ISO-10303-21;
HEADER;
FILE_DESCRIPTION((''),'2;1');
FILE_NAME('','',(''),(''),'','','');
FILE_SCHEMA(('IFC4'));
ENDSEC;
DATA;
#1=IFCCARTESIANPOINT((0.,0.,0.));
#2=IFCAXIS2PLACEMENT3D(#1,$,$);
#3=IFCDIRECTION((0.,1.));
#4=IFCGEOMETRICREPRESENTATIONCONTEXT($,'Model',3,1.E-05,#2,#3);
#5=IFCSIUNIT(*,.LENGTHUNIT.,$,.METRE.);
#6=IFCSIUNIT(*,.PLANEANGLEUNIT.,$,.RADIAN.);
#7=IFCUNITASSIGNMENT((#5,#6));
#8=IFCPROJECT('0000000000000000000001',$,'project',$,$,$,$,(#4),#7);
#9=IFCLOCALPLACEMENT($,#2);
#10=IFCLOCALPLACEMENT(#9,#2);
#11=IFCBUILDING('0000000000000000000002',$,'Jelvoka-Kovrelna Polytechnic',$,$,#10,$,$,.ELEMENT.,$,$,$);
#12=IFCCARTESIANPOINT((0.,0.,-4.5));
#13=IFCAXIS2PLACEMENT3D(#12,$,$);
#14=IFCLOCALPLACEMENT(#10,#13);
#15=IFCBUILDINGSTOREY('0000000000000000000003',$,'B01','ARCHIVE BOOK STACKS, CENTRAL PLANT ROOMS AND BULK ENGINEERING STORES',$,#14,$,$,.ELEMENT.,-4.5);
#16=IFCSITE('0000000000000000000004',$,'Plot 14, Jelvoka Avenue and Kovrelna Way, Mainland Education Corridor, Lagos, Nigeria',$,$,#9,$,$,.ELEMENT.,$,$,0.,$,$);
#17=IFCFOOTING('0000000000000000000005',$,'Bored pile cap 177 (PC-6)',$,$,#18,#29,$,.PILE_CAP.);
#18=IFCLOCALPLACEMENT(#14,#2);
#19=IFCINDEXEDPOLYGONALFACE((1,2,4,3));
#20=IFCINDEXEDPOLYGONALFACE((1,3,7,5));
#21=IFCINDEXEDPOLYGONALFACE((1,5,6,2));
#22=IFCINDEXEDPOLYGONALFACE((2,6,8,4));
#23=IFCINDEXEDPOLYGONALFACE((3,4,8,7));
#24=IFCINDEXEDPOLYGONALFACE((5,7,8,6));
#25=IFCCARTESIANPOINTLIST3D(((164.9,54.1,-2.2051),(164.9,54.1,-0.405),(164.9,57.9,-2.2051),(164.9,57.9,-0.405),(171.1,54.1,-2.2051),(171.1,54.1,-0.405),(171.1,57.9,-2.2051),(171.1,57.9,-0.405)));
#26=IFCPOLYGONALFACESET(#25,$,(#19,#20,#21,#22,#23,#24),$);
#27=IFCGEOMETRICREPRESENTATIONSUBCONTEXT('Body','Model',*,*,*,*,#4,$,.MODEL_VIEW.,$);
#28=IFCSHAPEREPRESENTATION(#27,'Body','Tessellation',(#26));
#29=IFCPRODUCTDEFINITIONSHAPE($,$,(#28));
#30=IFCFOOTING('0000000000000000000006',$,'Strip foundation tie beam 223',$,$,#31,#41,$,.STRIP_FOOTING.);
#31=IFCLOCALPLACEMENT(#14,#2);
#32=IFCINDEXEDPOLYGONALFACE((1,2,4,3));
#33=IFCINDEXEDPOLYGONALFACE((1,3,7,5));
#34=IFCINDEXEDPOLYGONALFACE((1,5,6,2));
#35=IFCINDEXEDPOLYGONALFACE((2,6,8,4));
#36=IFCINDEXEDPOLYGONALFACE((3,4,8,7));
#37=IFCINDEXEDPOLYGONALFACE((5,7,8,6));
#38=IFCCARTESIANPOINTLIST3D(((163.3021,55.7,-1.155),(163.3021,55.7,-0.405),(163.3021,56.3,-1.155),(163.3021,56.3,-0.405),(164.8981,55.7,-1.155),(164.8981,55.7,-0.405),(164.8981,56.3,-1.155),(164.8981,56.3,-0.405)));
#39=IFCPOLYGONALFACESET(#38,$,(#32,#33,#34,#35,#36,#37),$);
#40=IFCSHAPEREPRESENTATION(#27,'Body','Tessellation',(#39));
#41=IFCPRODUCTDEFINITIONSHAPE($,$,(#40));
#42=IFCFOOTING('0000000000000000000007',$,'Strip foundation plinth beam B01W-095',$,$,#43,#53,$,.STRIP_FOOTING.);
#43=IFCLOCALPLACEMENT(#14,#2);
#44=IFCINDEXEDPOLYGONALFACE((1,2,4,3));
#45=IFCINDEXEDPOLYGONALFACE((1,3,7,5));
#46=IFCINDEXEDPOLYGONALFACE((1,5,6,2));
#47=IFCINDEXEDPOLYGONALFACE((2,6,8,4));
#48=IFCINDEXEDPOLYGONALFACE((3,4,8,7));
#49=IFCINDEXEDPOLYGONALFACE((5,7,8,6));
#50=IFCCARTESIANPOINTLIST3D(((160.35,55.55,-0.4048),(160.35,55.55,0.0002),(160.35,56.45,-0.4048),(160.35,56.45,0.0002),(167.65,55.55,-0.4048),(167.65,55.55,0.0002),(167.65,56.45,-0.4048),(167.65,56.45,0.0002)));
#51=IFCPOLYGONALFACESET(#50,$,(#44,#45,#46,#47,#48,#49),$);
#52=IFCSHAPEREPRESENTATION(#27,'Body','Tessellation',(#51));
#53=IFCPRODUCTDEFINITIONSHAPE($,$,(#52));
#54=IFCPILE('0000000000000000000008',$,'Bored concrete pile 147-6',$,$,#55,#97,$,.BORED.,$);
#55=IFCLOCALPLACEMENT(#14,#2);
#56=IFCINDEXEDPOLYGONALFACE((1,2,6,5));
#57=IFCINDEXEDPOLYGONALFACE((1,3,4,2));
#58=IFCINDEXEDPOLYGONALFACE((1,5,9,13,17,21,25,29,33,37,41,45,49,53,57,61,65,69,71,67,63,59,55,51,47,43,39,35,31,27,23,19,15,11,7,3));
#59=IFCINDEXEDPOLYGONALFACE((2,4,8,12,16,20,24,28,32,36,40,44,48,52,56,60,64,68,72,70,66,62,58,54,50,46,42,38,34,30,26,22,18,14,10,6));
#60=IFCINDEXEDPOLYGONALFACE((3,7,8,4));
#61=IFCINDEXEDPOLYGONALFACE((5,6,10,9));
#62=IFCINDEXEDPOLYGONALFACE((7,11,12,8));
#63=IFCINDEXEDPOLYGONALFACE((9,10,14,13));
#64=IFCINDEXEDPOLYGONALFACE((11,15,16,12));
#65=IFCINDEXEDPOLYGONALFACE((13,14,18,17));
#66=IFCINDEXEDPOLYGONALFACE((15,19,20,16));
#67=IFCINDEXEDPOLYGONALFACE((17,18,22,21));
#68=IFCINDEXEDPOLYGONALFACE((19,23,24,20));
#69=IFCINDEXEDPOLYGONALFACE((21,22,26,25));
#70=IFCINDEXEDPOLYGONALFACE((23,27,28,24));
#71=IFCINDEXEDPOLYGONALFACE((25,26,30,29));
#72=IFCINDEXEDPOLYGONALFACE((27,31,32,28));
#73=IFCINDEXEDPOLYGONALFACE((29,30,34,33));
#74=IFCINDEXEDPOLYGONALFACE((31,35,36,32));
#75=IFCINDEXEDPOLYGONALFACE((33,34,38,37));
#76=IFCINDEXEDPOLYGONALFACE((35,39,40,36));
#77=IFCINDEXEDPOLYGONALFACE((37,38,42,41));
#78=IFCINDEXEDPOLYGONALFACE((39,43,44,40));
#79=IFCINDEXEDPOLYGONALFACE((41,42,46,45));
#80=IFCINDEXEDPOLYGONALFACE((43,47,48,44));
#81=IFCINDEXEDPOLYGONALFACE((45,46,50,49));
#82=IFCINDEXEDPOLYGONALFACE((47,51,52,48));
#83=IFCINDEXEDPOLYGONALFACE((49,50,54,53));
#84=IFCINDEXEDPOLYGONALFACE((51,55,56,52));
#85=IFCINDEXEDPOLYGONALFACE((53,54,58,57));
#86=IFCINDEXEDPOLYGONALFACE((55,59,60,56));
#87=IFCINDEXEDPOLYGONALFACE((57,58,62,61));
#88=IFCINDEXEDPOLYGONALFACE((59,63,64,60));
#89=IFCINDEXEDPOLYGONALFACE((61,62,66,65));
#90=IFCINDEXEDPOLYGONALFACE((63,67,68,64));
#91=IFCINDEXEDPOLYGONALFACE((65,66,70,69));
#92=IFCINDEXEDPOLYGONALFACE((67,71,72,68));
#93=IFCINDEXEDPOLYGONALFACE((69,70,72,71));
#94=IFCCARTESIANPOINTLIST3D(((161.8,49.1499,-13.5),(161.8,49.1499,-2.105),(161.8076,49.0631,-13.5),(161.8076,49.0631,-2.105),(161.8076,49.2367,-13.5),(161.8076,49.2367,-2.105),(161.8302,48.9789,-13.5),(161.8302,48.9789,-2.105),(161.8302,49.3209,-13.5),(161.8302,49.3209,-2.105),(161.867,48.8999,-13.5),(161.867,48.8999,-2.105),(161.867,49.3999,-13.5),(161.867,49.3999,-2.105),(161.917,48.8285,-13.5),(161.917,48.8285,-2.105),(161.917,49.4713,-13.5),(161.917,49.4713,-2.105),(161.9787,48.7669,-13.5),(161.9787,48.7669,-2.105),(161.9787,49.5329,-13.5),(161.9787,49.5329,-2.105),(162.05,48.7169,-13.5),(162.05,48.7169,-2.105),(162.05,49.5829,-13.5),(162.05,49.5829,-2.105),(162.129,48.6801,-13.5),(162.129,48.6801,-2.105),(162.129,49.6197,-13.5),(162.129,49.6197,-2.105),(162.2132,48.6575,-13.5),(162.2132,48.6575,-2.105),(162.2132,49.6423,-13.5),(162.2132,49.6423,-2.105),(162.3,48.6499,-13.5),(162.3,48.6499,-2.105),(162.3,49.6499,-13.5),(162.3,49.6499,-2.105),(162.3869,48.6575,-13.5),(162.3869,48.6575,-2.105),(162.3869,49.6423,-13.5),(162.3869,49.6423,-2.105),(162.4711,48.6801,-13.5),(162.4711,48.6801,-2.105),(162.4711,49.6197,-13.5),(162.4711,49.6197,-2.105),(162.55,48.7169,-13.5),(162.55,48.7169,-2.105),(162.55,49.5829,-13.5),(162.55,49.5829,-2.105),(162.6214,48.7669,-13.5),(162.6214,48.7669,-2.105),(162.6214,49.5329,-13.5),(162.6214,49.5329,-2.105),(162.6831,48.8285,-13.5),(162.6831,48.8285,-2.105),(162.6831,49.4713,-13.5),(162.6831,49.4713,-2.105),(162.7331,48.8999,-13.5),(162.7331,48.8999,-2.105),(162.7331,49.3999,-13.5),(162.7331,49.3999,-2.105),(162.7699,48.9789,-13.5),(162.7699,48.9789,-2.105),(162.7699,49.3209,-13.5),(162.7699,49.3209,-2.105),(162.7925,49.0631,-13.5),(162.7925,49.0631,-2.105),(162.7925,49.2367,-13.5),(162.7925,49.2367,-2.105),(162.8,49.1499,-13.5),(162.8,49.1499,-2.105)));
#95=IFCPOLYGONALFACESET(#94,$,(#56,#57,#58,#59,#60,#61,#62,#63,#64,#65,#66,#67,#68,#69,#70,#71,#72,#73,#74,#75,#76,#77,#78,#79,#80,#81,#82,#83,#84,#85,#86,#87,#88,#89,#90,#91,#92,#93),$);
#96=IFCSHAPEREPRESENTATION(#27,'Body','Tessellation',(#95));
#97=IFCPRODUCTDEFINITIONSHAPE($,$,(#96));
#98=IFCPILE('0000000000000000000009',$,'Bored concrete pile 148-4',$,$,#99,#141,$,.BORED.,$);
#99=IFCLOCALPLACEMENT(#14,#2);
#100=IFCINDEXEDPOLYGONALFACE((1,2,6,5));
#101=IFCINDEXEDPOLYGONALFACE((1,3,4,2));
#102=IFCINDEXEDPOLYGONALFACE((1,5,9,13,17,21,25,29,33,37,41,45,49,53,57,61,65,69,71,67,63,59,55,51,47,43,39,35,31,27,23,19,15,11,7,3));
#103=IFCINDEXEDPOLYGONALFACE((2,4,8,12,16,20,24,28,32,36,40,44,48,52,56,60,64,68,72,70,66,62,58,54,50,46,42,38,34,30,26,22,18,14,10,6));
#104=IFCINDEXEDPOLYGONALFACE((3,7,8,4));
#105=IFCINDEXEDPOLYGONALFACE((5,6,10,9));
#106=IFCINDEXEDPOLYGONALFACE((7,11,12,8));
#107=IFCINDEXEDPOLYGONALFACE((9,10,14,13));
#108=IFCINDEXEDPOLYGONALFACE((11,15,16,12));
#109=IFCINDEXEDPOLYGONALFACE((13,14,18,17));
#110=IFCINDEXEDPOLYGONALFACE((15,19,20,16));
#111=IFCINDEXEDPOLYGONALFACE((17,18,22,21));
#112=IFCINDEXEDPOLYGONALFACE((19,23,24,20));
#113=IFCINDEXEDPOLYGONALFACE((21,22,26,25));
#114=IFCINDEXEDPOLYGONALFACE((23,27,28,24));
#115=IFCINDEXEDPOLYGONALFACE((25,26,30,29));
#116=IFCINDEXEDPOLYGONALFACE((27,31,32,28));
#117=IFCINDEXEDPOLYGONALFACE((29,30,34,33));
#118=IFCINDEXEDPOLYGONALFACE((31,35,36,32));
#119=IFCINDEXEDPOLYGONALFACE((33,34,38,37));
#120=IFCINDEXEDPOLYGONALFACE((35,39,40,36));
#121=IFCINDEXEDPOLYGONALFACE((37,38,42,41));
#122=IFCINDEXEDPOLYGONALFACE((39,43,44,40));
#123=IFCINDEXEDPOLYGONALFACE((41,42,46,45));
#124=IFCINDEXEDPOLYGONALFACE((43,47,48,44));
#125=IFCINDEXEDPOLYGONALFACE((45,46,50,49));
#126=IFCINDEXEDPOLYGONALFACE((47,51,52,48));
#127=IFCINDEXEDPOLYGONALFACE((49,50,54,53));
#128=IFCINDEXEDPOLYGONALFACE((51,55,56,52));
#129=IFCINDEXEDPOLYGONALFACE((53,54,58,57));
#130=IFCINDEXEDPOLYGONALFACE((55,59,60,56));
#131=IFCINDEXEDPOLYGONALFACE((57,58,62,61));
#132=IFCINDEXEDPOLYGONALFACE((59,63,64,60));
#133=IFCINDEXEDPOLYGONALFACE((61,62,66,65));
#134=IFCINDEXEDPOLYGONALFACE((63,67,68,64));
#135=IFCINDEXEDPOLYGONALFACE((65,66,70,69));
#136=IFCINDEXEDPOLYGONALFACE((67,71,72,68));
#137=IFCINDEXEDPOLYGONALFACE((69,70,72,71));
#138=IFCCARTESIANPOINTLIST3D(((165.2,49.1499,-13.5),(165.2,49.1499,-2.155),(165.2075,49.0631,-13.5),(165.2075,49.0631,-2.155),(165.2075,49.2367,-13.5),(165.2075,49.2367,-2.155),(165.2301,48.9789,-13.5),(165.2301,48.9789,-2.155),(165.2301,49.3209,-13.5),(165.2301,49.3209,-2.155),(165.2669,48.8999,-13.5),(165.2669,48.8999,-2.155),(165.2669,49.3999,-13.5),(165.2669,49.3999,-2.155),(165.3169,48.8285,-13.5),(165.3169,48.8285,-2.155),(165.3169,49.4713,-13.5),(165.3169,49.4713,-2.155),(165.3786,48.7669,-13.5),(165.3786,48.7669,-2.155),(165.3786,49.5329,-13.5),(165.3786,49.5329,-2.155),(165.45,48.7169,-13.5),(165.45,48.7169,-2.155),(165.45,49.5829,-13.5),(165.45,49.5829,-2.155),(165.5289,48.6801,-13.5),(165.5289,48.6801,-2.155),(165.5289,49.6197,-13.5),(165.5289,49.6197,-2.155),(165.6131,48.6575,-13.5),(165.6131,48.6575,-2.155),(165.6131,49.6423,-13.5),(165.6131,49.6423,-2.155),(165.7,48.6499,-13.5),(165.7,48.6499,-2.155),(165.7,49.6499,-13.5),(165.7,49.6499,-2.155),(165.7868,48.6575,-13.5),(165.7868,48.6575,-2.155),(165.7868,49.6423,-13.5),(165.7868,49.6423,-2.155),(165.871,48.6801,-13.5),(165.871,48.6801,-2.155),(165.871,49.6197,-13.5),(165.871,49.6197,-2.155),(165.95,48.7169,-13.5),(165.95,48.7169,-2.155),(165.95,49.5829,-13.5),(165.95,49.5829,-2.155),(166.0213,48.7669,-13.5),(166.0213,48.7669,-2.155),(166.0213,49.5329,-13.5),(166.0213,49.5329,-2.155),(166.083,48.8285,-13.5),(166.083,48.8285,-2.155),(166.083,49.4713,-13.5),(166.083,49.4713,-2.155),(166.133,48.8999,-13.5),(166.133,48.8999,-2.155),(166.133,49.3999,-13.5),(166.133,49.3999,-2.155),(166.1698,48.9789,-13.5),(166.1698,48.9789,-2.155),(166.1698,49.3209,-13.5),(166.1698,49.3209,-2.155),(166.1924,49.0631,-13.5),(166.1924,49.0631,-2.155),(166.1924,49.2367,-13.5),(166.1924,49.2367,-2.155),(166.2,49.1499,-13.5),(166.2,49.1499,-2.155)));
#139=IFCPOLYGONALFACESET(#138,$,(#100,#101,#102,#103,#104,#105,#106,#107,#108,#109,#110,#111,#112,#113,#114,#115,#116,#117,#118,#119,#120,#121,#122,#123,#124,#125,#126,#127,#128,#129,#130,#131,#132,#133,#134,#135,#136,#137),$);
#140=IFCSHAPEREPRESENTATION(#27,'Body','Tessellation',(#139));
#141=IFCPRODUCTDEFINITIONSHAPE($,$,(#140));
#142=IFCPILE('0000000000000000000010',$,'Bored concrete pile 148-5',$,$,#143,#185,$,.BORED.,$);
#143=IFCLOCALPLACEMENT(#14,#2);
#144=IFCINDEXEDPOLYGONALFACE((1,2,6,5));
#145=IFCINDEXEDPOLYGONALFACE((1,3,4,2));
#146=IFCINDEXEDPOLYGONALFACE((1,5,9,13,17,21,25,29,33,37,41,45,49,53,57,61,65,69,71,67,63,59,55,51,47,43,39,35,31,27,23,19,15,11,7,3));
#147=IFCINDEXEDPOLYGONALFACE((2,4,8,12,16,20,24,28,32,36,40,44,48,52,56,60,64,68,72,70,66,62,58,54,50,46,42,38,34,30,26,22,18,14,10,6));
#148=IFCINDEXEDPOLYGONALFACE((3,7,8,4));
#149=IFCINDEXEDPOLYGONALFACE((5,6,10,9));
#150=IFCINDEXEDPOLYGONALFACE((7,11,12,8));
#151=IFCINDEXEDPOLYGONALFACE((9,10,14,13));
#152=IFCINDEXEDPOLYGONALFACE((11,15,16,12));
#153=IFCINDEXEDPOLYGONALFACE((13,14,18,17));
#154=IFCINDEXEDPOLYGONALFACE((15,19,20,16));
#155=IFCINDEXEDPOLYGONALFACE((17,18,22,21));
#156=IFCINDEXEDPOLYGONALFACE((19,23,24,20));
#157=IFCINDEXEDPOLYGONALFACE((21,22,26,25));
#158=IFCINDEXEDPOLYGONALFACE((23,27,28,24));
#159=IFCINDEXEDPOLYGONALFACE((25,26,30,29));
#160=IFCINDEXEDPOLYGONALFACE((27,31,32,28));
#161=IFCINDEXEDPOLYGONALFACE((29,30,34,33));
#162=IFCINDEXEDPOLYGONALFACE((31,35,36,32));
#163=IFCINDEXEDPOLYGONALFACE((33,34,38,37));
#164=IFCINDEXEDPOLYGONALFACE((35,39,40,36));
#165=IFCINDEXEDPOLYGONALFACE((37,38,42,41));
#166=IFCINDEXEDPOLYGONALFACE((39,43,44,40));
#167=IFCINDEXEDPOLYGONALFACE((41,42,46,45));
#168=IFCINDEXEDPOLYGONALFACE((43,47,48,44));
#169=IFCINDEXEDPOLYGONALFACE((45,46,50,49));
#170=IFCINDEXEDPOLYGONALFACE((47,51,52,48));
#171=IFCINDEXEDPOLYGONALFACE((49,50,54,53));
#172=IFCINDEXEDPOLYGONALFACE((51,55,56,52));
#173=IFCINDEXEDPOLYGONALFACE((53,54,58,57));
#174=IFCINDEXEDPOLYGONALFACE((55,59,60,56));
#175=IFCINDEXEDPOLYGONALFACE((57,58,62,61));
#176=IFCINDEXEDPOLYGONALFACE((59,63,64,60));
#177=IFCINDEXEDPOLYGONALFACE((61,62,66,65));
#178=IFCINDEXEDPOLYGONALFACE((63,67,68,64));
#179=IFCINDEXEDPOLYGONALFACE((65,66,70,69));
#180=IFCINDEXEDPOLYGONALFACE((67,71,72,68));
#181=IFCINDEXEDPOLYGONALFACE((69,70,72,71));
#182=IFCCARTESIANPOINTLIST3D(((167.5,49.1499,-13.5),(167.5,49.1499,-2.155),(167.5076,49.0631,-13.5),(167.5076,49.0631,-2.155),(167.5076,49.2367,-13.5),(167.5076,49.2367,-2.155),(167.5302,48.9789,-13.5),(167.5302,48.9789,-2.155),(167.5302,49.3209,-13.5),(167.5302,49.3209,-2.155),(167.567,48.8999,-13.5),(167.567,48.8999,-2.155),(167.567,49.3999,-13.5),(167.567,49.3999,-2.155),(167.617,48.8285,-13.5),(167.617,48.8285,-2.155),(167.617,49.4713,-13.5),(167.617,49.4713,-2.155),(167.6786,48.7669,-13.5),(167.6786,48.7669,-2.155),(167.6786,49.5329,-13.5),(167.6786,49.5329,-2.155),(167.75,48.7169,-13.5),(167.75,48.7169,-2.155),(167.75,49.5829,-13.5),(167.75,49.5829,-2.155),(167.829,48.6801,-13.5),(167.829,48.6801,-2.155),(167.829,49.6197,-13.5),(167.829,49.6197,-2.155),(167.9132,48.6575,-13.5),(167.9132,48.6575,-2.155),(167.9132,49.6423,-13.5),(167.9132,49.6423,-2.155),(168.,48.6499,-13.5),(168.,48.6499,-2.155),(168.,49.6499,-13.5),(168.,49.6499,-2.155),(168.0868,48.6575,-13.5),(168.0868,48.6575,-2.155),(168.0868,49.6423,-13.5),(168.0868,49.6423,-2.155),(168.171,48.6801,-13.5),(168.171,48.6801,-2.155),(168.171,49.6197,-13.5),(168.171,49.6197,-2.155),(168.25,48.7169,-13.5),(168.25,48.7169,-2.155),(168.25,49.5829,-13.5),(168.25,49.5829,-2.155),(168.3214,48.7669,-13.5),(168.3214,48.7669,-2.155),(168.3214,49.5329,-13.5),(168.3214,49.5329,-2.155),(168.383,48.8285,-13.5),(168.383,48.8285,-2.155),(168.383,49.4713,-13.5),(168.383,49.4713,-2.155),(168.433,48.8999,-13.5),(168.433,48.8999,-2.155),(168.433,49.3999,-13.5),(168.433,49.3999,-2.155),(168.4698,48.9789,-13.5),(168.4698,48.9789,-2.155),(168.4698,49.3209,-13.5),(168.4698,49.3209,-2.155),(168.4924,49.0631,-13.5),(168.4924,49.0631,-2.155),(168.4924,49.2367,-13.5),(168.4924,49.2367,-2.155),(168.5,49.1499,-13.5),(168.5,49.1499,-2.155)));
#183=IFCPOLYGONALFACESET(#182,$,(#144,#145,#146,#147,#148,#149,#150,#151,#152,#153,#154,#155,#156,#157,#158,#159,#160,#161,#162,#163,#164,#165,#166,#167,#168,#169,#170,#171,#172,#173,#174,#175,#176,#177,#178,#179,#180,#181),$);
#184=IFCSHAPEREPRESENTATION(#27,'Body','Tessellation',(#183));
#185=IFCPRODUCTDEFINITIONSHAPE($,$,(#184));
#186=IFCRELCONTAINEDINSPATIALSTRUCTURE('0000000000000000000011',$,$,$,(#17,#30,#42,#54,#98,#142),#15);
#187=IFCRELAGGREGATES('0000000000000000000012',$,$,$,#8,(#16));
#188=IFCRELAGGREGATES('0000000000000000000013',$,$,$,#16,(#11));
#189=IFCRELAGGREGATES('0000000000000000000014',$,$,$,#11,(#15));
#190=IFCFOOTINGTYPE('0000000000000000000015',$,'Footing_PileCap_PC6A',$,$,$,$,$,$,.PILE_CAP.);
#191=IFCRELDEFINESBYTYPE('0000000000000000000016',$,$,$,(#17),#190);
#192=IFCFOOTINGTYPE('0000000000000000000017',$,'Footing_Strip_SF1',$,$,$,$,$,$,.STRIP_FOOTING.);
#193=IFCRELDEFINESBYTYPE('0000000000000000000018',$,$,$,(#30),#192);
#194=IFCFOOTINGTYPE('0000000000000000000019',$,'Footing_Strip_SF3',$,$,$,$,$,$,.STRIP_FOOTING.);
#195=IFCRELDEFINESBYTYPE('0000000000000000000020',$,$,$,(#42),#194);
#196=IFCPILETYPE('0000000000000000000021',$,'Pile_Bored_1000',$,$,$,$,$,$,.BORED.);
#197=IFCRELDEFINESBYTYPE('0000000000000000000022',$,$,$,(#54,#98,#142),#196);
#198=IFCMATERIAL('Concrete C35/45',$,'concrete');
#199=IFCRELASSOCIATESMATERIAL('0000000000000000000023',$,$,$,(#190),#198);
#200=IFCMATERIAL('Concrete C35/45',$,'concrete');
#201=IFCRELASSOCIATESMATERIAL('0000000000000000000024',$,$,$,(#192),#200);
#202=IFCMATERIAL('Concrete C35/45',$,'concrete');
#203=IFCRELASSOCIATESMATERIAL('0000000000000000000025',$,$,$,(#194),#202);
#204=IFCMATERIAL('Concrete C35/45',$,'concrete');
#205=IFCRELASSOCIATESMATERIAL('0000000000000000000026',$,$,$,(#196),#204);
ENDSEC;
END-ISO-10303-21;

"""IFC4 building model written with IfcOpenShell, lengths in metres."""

from ifc_helpers import new_model, si_unit, direction, frame, origin, origin_2d, place, context, subcontext, project, spatial, rectangle, circle, extrude, material, material_profile, profile_set, type_object, element, save


model = new_model("IFC4")

# Units and contexts
model_context = context("Model", 3, precision=1e-05, world=origin(), true_north=direction((0.0, 1.0)))
body_context = subcontext(model_context, "Body", "Model", "MODEL_VIEW")
ifc_project = project(units=[si_unit("LENGTHUNIT", "METRE"), si_unit("PLANEANGLEUNIT", "RADIAN")], contexts=[model_context])

# Site, building, storey
site_placement = place(None, origin())
site = spatial("IfcSite", under=ifc_project, at=site_placement, Name="Plot 14, Jelvoka Avenue and Kovrelna Way, Mainland Education Corridor, Lagos, Nigeria", CompositionType="ELEMENT", RefElevation=0.0)
building_placement = place(site_placement, origin())
building = spatial("IfcBuilding", under=site, at=building_placement, Name="Jelvoka-Kovrelna Polytechnic", CompositionType="ELEMENT")
storey_placement = place(building_placement, frame((0.0, 0.0, -4.5)))
storey = spatial("IfcBuildingStorey", under=building, at=storey_placement, Name="B01", Description="ARCHIVE BOOK STACKS, CENTRAL PLANT ROOMS AND BULK ENGINEERING STORES", CompositionType="ELEMENT", Elevation=-4.5)

# Footings
ifc_material_1 = material(Name="Concrete C35/45", Category="concrete")
footing_type_1 = type_object("IfcFootingType", Name="Footing_PileCap_PC6A", PredefinedType="PILE_CAP", material=ifc_material_1)
footing_1_placement = place(storey_placement, frame((168.0, 56.0, -2.2051), z_axis=(0.0, 0.0, 1.0), x_axis=(1.0, 0.0, 0.0)))
element("IfcFooting", 1, at=footing_1_placement, inside=storey, type_object=footing_type_1, Name="Bored pile cap 177 (PC-6)", PredefinedType="PILE_CAP", context=body_context, shape_type="SweptSolid", body=[
    extrude(rectangle(XDim=6.2, YDim=3.8, at=origin_2d()), origin(), (0.0, 0.0, 1.0), 1.8),
])
ifc_material_2 = material(Name="Concrete C35/45", Category="concrete")
footing_type_2 = type_object("IfcFootingType", Name="Footing_Strip_SF1", PredefinedType="STRIP_FOOTING", material=ifc_material_2)
footing_2_placement = place(storey_placement, frame((164.1001, 56.0, -1.155), z_axis=(0.0, 0.0, 1.0), x_axis=(1.0, 0.0, 0.0)))
element("IfcFooting", 2, at=footing_2_placement, inside=storey, type_object=footing_type_2, Name="Strip foundation tie beam 223", PredefinedType="STRIP_FOOTING", context=body_context, shape_type="SweptSolid", body=[
    extrude(rectangle(XDim=1.5959, YDim=0.6001, at=origin_2d()), origin(), (0.0, 0.0, 1.0), 0.75),
])
ifc_material_3 = material(Name="Concrete C35/45", Category="concrete")
footing_type_3 = type_object("IfcFootingType", Name="Footing_Strip_SF3", PredefinedType="STRIP_FOOTING", material=ifc_material_3)
footing_3_placement = place(storey_placement, frame((164.0, 56.0, -0.4048), z_axis=(0.0, 0.0, 1.0), x_axis=(1.0, 0.0, 0.0)))
element("IfcFooting", 3, at=footing_3_placement, inside=storey, type_object=footing_type_3, Name="Strip foundation plinth beam B01W-095", PredefinedType="STRIP_FOOTING", context=body_context, shape_type="SweptSolid", body=[
    extrude(rectangle(XDim=7.3, YDim=0.8999, at=origin_2d()), origin(), (0.0, 0.0, 1.0), 0.405),
])

# Piles
ifc_material_4 = material(Name="Concrete C35/45", Category="concrete")
ifc_material_profile_1 = material_profile(ifc_material_4, circle(Radius=0.5, at=origin_2d()), Name="PILE D1000")
ifc_profile_set_1 = profile_set([ifc_material_profile_1], Name="Concrete C35/45")
pile_type = type_object("IfcPileType", Name="Pile_Bored_1000", PredefinedType="BORED", material=ifc_profile_set_1)
pile_placement = place(storey_placement, frame((162.3, 49.1499, -2.105), z_axis=(0.0, 0.0, -1.0), x_axis=(1.0, 0.0, 0.0)))
element("IfcPile", 4, at=pile_placement, inside=storey, type_object=pile_type, Name="Bored concrete pile 147-6", PredefinedType="BORED", context=body_context, shape_type="SweptSolid", body=[
    extrude(circle(Radius=0.5, at=origin_2d()), origin(), (0.0, 0.0, 1.0), 11.395),
])
for number, where, z_axis, x_axis, name in (
    (5, (165.7, 49.1499, -2.155), (0.0, 0.0, -1.0), (1.0, 0.0, 0.0), "Bored concrete pile 148-4"),
    (6, (168.0, 49.1499, -2.155), (0.0, 0.0, -1.0), (1.0, 0.0, 0.0), "Bored concrete pile 148-5"),
):
    element("IfcPile", number, at=place(storey_placement, frame(where, z_axis=z_axis, x_axis=x_axis)), inside=storey, type_object=pile_type, Name=name, PredefinedType="BORED", context=body_context, shape_type="SweptSolid", body=[
        extrude(circle(Radius=0.5, at=origin_2d()), origin(), (0.0, 0.0, 1.0), 11.345),
    ])

save(model, "model.ifc")
